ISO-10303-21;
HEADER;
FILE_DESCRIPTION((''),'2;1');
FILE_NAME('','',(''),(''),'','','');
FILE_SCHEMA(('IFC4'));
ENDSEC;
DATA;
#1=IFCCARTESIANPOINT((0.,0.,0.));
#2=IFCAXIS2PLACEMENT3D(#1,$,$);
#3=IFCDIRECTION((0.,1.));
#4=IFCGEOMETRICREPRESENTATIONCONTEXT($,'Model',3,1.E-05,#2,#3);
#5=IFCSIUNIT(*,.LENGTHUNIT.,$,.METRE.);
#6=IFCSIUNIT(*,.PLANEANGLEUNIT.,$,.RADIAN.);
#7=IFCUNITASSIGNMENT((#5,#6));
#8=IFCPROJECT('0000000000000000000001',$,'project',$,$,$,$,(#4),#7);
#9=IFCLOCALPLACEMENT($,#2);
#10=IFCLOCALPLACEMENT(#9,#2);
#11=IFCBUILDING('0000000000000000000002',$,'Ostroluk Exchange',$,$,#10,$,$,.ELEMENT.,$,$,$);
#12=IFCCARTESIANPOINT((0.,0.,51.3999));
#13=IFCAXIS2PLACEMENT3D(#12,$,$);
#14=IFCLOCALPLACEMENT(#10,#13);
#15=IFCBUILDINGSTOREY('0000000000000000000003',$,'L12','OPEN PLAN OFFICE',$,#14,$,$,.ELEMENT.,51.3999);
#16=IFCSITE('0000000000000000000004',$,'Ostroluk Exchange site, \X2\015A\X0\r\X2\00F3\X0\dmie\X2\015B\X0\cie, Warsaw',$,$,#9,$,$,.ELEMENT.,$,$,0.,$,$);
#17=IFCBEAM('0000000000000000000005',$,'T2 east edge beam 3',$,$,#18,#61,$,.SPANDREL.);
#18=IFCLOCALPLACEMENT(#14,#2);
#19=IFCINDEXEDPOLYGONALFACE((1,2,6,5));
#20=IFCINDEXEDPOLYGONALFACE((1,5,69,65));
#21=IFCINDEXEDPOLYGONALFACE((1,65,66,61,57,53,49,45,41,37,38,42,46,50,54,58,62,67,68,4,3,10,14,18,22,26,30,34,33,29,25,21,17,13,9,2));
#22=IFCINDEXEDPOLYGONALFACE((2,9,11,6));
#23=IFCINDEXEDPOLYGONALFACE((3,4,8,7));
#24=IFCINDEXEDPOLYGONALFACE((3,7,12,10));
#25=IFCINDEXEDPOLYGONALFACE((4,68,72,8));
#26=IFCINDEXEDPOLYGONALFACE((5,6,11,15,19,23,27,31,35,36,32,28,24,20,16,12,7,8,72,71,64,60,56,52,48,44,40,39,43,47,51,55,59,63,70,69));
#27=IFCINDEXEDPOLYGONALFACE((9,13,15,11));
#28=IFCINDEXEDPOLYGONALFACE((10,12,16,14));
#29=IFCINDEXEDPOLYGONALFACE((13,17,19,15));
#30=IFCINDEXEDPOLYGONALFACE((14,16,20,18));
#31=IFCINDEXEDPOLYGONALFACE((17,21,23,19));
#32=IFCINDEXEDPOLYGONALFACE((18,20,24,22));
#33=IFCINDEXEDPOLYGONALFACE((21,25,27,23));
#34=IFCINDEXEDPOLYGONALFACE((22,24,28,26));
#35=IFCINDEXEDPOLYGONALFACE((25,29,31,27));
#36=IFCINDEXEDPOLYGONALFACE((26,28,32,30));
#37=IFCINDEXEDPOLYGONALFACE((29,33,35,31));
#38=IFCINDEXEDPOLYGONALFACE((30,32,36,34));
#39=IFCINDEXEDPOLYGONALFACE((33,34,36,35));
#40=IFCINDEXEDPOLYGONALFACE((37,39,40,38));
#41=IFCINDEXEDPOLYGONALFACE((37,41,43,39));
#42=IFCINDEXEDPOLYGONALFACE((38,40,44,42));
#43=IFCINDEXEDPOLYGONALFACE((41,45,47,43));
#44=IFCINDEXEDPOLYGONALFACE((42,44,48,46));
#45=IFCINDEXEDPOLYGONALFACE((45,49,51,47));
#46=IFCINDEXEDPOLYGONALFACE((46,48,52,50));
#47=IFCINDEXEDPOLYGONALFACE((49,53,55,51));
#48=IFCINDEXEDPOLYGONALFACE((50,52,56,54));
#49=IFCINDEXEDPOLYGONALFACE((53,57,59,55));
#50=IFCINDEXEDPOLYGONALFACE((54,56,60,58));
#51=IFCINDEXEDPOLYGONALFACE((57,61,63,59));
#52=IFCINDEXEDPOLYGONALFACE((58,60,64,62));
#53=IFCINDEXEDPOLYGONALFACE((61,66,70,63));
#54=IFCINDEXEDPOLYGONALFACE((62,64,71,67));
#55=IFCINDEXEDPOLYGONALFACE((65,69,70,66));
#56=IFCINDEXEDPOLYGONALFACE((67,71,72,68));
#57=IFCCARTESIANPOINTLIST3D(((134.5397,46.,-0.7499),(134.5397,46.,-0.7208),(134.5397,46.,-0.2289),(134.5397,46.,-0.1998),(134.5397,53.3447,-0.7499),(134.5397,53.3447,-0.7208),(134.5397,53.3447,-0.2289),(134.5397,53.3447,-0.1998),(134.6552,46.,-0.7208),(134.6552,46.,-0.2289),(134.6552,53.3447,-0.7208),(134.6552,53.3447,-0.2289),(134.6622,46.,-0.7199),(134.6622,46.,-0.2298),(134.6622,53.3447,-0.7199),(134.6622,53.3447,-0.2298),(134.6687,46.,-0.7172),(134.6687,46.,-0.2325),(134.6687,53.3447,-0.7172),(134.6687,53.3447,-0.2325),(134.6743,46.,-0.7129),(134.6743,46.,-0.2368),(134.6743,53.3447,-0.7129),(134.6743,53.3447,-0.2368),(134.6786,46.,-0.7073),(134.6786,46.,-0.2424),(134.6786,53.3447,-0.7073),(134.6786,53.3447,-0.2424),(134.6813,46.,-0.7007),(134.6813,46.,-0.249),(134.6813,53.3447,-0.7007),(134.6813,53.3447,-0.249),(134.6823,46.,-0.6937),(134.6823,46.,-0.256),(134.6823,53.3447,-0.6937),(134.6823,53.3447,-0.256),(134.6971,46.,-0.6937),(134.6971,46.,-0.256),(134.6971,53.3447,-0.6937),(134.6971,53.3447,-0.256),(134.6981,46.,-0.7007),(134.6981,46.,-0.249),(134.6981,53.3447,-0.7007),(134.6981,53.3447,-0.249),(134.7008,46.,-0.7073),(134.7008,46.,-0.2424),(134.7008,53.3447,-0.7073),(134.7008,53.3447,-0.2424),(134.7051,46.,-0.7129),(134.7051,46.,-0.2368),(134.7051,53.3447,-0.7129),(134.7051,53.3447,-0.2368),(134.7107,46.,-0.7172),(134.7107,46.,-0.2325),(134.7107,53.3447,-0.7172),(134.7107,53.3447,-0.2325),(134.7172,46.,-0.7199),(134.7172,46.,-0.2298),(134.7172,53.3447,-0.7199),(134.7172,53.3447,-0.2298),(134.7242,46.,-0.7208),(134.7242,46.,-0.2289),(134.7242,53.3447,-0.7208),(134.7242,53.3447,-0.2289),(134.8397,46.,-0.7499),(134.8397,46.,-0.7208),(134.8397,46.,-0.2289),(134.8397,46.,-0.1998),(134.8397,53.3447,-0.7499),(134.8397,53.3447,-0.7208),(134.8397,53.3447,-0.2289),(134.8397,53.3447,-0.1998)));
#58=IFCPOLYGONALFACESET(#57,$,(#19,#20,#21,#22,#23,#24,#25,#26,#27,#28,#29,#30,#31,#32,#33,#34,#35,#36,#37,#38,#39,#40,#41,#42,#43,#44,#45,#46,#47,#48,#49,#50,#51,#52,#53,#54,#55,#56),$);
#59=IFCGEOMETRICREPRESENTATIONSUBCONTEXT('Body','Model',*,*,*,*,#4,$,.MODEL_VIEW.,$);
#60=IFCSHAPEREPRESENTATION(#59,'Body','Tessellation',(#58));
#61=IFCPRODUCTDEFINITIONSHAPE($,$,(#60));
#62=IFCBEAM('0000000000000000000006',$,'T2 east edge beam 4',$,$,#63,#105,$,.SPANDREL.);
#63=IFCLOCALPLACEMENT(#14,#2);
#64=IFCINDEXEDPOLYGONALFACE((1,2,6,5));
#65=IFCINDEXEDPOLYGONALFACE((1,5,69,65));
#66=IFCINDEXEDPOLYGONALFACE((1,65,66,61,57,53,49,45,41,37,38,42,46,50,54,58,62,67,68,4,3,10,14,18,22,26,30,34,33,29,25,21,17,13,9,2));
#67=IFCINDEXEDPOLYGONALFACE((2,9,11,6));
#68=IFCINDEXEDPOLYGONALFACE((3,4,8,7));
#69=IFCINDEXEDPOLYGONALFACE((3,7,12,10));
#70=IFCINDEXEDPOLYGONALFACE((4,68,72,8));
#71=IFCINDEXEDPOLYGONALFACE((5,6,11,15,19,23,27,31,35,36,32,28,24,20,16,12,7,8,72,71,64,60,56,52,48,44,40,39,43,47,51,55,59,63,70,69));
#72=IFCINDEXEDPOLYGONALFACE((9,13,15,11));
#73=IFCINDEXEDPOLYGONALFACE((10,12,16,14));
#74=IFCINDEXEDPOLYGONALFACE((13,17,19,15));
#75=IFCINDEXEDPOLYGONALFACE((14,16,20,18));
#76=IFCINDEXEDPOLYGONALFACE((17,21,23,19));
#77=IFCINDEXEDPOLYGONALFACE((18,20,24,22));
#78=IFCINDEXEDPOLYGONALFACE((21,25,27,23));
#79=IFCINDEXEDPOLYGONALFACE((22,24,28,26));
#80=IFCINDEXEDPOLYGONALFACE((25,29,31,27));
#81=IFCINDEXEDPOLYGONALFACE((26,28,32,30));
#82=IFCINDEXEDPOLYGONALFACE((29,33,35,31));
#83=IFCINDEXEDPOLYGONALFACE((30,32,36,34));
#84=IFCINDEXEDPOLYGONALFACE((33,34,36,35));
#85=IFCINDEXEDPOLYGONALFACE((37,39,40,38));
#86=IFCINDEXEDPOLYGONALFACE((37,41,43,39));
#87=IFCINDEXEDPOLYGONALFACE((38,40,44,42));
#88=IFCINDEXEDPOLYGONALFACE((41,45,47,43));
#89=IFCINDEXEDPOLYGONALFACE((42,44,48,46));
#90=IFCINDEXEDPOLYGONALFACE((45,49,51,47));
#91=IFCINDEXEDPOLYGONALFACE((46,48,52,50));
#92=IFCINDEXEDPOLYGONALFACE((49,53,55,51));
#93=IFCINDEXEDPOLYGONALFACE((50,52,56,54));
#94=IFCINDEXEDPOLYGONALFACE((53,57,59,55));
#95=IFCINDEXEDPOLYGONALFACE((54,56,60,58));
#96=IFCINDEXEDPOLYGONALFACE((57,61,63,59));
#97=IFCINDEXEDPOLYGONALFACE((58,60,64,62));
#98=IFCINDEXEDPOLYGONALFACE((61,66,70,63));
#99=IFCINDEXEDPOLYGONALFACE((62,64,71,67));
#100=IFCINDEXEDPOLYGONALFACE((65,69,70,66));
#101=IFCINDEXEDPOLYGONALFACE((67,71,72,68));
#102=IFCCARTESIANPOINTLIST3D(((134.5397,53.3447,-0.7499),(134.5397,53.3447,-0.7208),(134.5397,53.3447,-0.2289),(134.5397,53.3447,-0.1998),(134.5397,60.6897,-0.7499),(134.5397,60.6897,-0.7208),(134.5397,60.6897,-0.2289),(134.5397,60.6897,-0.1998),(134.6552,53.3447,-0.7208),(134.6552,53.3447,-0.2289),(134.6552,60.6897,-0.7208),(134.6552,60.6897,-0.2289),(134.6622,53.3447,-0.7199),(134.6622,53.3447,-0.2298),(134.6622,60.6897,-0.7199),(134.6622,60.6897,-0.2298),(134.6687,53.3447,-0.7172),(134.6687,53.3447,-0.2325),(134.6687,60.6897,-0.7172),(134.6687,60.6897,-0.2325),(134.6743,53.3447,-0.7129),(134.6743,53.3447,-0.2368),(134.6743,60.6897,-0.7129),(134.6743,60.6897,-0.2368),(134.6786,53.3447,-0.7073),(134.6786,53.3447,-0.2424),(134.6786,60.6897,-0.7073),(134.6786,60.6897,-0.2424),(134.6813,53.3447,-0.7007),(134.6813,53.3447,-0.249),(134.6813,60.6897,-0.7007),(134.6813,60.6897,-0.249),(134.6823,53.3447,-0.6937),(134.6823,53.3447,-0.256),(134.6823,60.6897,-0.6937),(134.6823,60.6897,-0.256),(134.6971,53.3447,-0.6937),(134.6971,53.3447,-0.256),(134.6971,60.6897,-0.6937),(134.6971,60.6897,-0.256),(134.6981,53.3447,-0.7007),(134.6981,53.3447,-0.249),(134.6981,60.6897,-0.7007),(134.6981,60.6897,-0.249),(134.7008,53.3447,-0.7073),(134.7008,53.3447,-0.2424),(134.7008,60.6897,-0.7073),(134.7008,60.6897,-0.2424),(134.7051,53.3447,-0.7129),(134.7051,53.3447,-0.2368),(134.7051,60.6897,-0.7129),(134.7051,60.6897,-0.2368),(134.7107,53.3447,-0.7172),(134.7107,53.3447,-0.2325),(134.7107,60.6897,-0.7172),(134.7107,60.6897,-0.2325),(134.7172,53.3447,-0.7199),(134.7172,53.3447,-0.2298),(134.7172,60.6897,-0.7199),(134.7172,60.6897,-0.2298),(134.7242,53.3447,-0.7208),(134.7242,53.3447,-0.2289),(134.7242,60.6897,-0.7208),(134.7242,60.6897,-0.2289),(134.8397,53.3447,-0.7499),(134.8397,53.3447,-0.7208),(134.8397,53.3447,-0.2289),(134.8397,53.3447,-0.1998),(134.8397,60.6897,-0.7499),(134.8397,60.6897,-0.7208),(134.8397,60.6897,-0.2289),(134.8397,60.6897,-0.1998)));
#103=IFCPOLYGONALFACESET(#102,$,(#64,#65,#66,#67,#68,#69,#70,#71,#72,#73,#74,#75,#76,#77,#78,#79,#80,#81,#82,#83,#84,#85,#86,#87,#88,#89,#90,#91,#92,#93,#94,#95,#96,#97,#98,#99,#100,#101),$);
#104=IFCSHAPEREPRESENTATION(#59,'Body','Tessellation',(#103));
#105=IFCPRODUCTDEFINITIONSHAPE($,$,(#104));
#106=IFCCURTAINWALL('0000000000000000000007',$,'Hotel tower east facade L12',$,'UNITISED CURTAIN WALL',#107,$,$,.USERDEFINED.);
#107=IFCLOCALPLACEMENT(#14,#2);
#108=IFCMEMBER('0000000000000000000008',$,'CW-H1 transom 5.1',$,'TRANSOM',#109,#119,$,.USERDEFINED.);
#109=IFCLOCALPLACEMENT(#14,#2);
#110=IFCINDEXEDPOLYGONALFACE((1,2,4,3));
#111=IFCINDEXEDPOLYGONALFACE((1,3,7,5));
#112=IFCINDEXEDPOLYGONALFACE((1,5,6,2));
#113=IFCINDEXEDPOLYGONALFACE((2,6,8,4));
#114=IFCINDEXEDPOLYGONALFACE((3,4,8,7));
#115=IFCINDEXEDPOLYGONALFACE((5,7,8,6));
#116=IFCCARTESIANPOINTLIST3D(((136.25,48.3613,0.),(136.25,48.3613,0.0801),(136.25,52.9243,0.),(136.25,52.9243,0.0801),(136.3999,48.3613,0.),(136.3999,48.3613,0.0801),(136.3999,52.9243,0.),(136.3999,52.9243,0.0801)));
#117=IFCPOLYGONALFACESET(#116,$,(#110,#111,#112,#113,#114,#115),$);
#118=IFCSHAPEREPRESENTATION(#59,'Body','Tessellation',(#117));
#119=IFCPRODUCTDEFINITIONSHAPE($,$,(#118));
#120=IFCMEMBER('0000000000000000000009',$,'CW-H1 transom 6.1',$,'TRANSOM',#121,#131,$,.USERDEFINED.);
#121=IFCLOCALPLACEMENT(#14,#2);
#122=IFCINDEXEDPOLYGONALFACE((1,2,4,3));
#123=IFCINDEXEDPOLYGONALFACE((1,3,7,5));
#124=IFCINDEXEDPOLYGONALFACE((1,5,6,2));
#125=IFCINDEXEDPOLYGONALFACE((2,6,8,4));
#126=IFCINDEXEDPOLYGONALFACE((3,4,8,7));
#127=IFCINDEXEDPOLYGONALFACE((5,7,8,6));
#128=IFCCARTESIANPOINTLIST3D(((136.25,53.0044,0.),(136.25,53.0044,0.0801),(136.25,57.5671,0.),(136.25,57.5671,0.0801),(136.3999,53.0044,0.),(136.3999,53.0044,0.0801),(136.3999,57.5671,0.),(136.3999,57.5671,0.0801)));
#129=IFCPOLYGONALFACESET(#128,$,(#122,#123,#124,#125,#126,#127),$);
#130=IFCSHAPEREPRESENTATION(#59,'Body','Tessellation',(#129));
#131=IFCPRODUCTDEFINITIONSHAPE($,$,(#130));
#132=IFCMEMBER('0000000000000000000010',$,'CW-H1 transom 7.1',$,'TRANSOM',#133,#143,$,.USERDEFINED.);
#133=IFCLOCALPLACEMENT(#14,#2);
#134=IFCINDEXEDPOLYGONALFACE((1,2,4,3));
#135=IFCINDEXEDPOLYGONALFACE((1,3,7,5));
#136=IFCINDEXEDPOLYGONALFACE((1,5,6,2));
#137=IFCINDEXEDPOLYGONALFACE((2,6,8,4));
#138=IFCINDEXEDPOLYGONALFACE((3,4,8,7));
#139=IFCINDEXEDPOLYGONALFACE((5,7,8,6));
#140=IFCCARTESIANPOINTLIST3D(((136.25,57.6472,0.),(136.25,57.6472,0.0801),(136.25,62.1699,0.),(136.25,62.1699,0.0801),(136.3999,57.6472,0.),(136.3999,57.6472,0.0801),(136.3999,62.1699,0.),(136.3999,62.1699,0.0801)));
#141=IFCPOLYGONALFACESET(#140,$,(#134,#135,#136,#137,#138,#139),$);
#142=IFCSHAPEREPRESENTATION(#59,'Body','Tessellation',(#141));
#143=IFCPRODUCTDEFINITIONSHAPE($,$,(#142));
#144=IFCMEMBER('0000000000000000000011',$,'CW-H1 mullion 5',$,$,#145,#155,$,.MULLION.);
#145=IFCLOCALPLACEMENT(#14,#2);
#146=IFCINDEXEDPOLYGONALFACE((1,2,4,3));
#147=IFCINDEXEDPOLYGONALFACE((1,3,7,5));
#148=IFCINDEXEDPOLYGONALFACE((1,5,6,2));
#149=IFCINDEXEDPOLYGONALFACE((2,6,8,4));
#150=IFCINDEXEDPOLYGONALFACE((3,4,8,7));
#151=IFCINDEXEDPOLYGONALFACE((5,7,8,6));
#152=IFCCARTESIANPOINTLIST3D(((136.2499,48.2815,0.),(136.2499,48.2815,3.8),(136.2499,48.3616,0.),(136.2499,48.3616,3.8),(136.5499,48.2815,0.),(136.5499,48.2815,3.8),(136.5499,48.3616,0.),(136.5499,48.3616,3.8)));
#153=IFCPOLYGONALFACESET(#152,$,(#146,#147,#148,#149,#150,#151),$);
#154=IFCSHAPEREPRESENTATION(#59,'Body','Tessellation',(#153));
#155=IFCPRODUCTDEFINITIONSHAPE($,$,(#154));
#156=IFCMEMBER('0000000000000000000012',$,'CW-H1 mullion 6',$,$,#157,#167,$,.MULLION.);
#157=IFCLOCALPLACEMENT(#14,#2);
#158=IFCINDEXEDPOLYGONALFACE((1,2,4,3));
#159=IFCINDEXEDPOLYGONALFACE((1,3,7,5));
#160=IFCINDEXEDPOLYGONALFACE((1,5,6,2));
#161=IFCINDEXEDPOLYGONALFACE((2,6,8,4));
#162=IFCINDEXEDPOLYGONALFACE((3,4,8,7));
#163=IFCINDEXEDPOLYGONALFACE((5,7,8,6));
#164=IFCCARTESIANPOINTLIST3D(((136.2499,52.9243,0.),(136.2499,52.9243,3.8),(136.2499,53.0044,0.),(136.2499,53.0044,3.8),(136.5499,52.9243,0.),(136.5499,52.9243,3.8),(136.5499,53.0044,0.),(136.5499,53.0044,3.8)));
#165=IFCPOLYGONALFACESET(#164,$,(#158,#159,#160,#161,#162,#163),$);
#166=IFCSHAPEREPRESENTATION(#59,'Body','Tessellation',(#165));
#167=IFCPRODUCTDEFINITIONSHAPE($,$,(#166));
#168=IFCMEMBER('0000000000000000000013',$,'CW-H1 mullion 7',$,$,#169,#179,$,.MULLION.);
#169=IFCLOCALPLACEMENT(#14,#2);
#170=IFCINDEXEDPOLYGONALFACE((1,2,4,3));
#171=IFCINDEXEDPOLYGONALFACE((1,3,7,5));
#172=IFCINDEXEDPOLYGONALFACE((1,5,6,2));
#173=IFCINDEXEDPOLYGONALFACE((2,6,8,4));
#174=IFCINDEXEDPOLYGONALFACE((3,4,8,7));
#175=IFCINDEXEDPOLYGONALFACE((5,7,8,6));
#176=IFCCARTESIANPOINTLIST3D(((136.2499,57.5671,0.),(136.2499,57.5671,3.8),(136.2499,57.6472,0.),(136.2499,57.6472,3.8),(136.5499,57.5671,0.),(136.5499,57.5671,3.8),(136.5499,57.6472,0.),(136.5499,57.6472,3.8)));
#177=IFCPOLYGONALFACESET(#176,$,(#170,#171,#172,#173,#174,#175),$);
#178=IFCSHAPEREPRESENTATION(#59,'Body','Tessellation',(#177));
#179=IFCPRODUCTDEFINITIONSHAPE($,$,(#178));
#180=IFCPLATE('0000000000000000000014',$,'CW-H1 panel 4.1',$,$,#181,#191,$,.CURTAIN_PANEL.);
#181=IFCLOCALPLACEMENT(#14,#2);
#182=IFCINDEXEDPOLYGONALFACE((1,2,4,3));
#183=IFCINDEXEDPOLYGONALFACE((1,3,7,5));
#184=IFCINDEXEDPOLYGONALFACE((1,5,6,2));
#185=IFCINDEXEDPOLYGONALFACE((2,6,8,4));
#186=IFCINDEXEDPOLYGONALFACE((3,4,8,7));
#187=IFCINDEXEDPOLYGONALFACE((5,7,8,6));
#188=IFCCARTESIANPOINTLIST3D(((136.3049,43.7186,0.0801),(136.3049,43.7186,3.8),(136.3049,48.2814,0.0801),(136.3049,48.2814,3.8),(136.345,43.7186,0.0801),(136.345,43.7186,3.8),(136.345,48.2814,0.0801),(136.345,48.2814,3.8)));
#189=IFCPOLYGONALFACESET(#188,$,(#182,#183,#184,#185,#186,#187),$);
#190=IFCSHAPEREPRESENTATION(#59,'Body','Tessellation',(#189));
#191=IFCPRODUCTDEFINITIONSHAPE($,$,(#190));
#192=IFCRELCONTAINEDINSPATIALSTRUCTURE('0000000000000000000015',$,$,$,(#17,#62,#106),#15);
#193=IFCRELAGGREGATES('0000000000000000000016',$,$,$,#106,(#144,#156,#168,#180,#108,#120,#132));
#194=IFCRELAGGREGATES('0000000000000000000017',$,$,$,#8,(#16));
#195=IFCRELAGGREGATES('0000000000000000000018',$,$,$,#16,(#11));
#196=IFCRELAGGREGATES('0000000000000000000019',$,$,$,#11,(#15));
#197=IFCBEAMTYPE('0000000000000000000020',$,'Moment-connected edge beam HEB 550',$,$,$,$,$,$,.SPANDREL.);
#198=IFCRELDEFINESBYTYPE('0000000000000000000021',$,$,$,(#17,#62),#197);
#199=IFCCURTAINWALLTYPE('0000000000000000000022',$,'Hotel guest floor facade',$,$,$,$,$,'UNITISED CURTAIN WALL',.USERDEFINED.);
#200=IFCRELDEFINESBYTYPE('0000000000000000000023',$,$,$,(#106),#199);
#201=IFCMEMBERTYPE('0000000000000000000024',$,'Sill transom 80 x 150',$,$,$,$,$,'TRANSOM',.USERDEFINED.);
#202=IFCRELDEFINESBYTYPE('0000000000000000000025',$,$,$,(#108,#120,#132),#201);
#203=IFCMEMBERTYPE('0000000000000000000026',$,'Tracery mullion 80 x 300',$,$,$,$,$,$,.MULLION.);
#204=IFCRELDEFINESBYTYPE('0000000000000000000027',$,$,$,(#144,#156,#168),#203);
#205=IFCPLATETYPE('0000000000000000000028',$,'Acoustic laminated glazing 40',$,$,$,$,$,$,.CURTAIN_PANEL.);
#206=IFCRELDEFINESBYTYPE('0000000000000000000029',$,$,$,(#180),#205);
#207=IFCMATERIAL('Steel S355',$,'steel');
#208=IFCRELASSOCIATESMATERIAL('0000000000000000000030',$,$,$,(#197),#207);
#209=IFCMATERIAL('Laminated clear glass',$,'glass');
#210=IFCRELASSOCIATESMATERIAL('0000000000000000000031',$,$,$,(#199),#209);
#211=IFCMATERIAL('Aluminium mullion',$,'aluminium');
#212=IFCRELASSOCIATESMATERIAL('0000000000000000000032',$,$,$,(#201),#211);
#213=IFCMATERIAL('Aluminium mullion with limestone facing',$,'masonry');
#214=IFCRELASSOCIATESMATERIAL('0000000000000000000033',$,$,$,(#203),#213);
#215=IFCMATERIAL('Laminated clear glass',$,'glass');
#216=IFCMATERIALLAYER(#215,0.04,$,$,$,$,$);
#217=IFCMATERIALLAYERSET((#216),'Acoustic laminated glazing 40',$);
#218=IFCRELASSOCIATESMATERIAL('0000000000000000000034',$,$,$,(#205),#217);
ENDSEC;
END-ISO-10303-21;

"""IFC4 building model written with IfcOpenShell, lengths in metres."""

from ifc_helpers import new_model, si_unit, direction, frame, origin, origin_2d, place, context, subcontext, project, spatial, rectangle, i_section, extrude, material, layer, layer_set, material_profile, profile_set, type_object, element, aggregate, save


model = new_model("IFC4")

# Units and contexts
model_context = context("Model", 3, precision=1e-05, world=origin(), true_north=direction((0.0, 1.0)))
body_context = subcontext(model_context, "Body", "Model", "MODEL_VIEW")
ifc_project = project(units=[si_unit("LENGTHUNIT", "METRE"), si_unit("PLANEANGLEUNIT", "RADIAN")], contexts=[model_context])

# Site, building, storey
site_placement = place(None, origin())
site = spatial("IfcSite", under=ifc_project, at=site_placement, Name="Ostroluk Exchange site, Śródmieście, Warsaw", CompositionType="ELEMENT", RefElevation=0.0)
building_placement = place(site_placement, origin())
building = spatial("IfcBuilding", under=site, at=building_placement, Name="Ostroluk Exchange", CompositionType="ELEMENT")
storey_placement = place(building_placement, frame((0.0, 0.0, 51.3999)))
storey = spatial("IfcBuildingStorey", under=building, at=storey_placement, Name="L12", Description="OPEN PLAN OFFICE", CompositionType="ELEMENT", Elevation=51.3999)

# Beams
ifc_material_1 = material(Name="Steel S355", Category="steel")
ifc_material_profile_1 = material_profile(ifc_material_1, i_section(OverallWidth=0.3, OverallDepth=0.55, WebThickness=0.0149, FlangeThickness=0.0291, FilletRadius=0.0271, at=origin_2d()), Name="HEB 550")
ifc_profile_set_1 = profile_set([ifc_material_profile_1], Name="Steel S355")
beam_type = type_object("IfcBeamType", Name="Moment-connected edge beam HEB 550", PredefinedType="SPANDREL", material=ifc_profile_set_1)
beam_1_placement = place(storey_placement, frame((134.6897, 46.0, -0.4749), z_axis=(0.0, 1.0, 0.0), x_axis=(-1.0, 0.0, 0.0)))
element("IfcBeam", 1, at=beam_1_placement, inside=storey, type_object=beam_type, Name="T2 east edge beam 3", PredefinedType="SPANDREL", context=body_context, shape_type="SweptSolid", body=[
    extrude(i_section(OverallWidth=0.3, OverallDepth=0.55, WebThickness=0.0149, FlangeThickness=0.0291, FilletRadius=0.0271, at=origin_2d()), origin(), (0.0, 0.0, 1.0), 7.3447),
])
beam_2_placement = place(storey_placement, frame((134.6897, 53.3447, -0.4749), z_axis=(0.0, 1.0, 0.0), x_axis=(-1.0, 0.0, 0.0)))
element("IfcBeam", 2, at=beam_2_placement, inside=storey, type_object=beam_type, Name="T2 east edge beam 4", PredefinedType="SPANDREL", context=body_context, shape_type="SweptSolid", body=[
    extrude(i_section(OverallWidth=0.3, OverallDepth=0.55, WebThickness=0.0149, FlangeThickness=0.0291, FilletRadius=0.0271, at=origin_2d()), origin(), (0.0, 0.0, 1.0), 7.345),
])

# Curtain wall, members, plate
ifc_material_2 = material(Name="Laminated clear glass", Category="glass")
curtain_wall_type = type_object("IfcCurtainWallType", Name="Hotel guest floor facade", ElementType="UNITISED CURTAIN WALL", PredefinedType="USERDEFINED", material=ifc_material_2)
curtain_wall_placement = place(storey_placement, origin())
curtain_wall = element("IfcCurtainWall", 3, at=curtain_wall_placement, inside=storey, type_object=curtain_wall_type, Name="Hotel tower east facade L12", ObjectType="UNITISED CURTAIN WALL", PredefinedType="USERDEFINED")
ifc_material_3 = material(Name="Aluminium mullion", Category="aluminium")
ifc_material_profile_2 = material_profile(ifc_material_3, rectangle(XDim=0.1499, YDim=0.0801, at=origin_2d()), Name="Sill transom 80 x 150")
ifc_profile_set_2 = profile_set([ifc_material_profile_2], Name="Aluminium mullion")
member_type_1 = type_object("IfcMemberType", Name="Sill transom 80 x 150", ElementType="TRANSOM", PredefinedType="USERDEFINED", material=ifc_profile_set_2)
member_1_placement = place(storey_placement, frame((136.325, 48.3613, 0.04), z_axis=(0.0, 1.0, 0.0), x_axis=(-1.0, 0.0, 0.0)))
member_1 = element("IfcMember", 4, at=member_1_placement, type_object=member_type_1, Name="CW-H1 transom 5.1", ObjectType="TRANSOM", PredefinedType="USERDEFINED", context=body_context, shape_type="SweptSolid", body=[
    extrude(rectangle(XDim=0.1499, YDim=0.0801, at=origin_2d()), origin(), (0.0, 0.0, 1.0), 4.563),
])
member_2_placement = place(storey_placement, frame((136.325, 53.0044, 0.04), z_axis=(0.0, 1.0, 0.0), x_axis=(-1.0, 0.0, 0.0)))
member_2 = element("IfcMember", 5, at=member_2_placement, type_object=member_type_1, Name="CW-H1 transom 6.1", ObjectType="TRANSOM", PredefinedType="USERDEFINED", context=body_context, shape_type="SweptSolid", body=[
    extrude(rectangle(XDim=0.1499, YDim=0.0801, at=origin_2d()), origin(), (0.0, 0.0, 1.0), 4.5627),
])
member_3_placement = place(storey_placement, frame((136.325, 57.6472, 0.04), z_axis=(0.0, 1.0, 0.0), x_axis=(-1.0, 0.0, 0.0)))
member_3 = element("IfcMember", 6, at=member_3_placement, type_object=member_type_1, Name="CW-H1 transom 7.1", ObjectType="TRANSOM", PredefinedType="USERDEFINED", context=body_context, shape_type="SweptSolid", body=[
    extrude(rectangle(XDim=0.1499, YDim=0.0801, at=origin_2d()), origin(), (0.0, 0.0, 1.0), 4.5227),
])
ifc_material_4 = material(Name="Aluminium mullion with limestone facing", Category="masonry")
ifc_material_profile_3 = material_profile(ifc_material_4, rectangle(XDim=0.3, YDim=0.0801, at=origin_2d()), Name="Tracery mullion 80 x 300")
ifc_profile_set_3 = profile_set([ifc_material_profile_3], Name="Aluminium mullion with limestone facing")
member_type_2 = type_object("IfcMemberType", Name="Tracery mullion 80 x 300", PredefinedType="MULLION", material=ifc_profile_set_3)
member_4_placement = place(storey_placement, frame((136.3999, 48.3215, 0.0), z_axis=(0.0, 0.0, 1.0), x_axis=(-1.0, 0.0, 0.0)))
member_4 = element("IfcMember", 7, at=member_4_placement, type_object=member_type_2, Name="CW-H1 mullion 5", PredefinedType="MULLION", context=body_context, shape_type="SweptSolid", body=[
    extrude(rectangle(XDim=0.3, YDim=0.0801, at=origin_2d()), origin(), (0.0, 0.0, 1.0), 3.8),
])
member_5_placement = place(storey_placement, frame((136.3999, 52.9644, 0.0), z_axis=(0.0, 0.0, 1.0), x_axis=(-1.0, 0.0, 0.0)))
member_5 = element("IfcMember", 8, at=member_5_placement, type_object=member_type_2, Name="CW-H1 mullion 6", PredefinedType="MULLION", context=body_context, shape_type="SweptSolid", body=[
    extrude(rectangle(XDim=0.3, YDim=0.0801, at=origin_2d()), origin(), (0.0, 0.0, 1.0), 3.8),
])
member_6_placement = place(storey_placement, frame((136.3999, 57.6072, 0.0), z_axis=(0.0, 0.0, 1.0), x_axis=(-1.0, 0.0, 0.0)))
member_6 = element("IfcMember", 9, at=member_6_placement, type_object=member_type_2, Name="CW-H1 mullion 7", PredefinedType="MULLION", context=body_context, shape_type="SweptSolid", body=[
    extrude(rectangle(XDim=0.3, YDim=0.0801, at=origin_2d()), origin(), (0.0, 0.0, 1.0), 3.8),
])
ifc_material_5 = material(Name="Laminated clear glass", Category="glass")
ifc_layer_1 = layer(ifc_material_5, 0.04)
ifc_layer_set_1 = layer_set([ifc_layer_1], Name="Acoustic laminated glazing 40")
plate_type = type_object("IfcPlateType", Name="Acoustic laminated glazing 40", PredefinedType="CURTAIN_PANEL", material=ifc_layer_set_1)
plate_1_placement = place(storey_placement, frame((136.325, 46.0, 0.0801), z_axis=(0.0, 0.0, 1.0), x_axis=(0.0, 1.0, 0.0)))
plate_1 = element("IfcPlate", 10, at=plate_1_placement, type_object=plate_type, Name="CW-H1 panel 4.1", PredefinedType="CURTAIN_PANEL", context=body_context, shape_type="SweptSolid", body=[
    extrude(rectangle(XDim=4.5627, YDim=0.04, at=origin_2d()), origin(), (0.0, 0.0, 1.0), 3.72),
])
aggregate(curtain_wall, [member_4, member_5, member_6, plate_1, member_1, member_2, member_3])

save(model, "model.ifc")
